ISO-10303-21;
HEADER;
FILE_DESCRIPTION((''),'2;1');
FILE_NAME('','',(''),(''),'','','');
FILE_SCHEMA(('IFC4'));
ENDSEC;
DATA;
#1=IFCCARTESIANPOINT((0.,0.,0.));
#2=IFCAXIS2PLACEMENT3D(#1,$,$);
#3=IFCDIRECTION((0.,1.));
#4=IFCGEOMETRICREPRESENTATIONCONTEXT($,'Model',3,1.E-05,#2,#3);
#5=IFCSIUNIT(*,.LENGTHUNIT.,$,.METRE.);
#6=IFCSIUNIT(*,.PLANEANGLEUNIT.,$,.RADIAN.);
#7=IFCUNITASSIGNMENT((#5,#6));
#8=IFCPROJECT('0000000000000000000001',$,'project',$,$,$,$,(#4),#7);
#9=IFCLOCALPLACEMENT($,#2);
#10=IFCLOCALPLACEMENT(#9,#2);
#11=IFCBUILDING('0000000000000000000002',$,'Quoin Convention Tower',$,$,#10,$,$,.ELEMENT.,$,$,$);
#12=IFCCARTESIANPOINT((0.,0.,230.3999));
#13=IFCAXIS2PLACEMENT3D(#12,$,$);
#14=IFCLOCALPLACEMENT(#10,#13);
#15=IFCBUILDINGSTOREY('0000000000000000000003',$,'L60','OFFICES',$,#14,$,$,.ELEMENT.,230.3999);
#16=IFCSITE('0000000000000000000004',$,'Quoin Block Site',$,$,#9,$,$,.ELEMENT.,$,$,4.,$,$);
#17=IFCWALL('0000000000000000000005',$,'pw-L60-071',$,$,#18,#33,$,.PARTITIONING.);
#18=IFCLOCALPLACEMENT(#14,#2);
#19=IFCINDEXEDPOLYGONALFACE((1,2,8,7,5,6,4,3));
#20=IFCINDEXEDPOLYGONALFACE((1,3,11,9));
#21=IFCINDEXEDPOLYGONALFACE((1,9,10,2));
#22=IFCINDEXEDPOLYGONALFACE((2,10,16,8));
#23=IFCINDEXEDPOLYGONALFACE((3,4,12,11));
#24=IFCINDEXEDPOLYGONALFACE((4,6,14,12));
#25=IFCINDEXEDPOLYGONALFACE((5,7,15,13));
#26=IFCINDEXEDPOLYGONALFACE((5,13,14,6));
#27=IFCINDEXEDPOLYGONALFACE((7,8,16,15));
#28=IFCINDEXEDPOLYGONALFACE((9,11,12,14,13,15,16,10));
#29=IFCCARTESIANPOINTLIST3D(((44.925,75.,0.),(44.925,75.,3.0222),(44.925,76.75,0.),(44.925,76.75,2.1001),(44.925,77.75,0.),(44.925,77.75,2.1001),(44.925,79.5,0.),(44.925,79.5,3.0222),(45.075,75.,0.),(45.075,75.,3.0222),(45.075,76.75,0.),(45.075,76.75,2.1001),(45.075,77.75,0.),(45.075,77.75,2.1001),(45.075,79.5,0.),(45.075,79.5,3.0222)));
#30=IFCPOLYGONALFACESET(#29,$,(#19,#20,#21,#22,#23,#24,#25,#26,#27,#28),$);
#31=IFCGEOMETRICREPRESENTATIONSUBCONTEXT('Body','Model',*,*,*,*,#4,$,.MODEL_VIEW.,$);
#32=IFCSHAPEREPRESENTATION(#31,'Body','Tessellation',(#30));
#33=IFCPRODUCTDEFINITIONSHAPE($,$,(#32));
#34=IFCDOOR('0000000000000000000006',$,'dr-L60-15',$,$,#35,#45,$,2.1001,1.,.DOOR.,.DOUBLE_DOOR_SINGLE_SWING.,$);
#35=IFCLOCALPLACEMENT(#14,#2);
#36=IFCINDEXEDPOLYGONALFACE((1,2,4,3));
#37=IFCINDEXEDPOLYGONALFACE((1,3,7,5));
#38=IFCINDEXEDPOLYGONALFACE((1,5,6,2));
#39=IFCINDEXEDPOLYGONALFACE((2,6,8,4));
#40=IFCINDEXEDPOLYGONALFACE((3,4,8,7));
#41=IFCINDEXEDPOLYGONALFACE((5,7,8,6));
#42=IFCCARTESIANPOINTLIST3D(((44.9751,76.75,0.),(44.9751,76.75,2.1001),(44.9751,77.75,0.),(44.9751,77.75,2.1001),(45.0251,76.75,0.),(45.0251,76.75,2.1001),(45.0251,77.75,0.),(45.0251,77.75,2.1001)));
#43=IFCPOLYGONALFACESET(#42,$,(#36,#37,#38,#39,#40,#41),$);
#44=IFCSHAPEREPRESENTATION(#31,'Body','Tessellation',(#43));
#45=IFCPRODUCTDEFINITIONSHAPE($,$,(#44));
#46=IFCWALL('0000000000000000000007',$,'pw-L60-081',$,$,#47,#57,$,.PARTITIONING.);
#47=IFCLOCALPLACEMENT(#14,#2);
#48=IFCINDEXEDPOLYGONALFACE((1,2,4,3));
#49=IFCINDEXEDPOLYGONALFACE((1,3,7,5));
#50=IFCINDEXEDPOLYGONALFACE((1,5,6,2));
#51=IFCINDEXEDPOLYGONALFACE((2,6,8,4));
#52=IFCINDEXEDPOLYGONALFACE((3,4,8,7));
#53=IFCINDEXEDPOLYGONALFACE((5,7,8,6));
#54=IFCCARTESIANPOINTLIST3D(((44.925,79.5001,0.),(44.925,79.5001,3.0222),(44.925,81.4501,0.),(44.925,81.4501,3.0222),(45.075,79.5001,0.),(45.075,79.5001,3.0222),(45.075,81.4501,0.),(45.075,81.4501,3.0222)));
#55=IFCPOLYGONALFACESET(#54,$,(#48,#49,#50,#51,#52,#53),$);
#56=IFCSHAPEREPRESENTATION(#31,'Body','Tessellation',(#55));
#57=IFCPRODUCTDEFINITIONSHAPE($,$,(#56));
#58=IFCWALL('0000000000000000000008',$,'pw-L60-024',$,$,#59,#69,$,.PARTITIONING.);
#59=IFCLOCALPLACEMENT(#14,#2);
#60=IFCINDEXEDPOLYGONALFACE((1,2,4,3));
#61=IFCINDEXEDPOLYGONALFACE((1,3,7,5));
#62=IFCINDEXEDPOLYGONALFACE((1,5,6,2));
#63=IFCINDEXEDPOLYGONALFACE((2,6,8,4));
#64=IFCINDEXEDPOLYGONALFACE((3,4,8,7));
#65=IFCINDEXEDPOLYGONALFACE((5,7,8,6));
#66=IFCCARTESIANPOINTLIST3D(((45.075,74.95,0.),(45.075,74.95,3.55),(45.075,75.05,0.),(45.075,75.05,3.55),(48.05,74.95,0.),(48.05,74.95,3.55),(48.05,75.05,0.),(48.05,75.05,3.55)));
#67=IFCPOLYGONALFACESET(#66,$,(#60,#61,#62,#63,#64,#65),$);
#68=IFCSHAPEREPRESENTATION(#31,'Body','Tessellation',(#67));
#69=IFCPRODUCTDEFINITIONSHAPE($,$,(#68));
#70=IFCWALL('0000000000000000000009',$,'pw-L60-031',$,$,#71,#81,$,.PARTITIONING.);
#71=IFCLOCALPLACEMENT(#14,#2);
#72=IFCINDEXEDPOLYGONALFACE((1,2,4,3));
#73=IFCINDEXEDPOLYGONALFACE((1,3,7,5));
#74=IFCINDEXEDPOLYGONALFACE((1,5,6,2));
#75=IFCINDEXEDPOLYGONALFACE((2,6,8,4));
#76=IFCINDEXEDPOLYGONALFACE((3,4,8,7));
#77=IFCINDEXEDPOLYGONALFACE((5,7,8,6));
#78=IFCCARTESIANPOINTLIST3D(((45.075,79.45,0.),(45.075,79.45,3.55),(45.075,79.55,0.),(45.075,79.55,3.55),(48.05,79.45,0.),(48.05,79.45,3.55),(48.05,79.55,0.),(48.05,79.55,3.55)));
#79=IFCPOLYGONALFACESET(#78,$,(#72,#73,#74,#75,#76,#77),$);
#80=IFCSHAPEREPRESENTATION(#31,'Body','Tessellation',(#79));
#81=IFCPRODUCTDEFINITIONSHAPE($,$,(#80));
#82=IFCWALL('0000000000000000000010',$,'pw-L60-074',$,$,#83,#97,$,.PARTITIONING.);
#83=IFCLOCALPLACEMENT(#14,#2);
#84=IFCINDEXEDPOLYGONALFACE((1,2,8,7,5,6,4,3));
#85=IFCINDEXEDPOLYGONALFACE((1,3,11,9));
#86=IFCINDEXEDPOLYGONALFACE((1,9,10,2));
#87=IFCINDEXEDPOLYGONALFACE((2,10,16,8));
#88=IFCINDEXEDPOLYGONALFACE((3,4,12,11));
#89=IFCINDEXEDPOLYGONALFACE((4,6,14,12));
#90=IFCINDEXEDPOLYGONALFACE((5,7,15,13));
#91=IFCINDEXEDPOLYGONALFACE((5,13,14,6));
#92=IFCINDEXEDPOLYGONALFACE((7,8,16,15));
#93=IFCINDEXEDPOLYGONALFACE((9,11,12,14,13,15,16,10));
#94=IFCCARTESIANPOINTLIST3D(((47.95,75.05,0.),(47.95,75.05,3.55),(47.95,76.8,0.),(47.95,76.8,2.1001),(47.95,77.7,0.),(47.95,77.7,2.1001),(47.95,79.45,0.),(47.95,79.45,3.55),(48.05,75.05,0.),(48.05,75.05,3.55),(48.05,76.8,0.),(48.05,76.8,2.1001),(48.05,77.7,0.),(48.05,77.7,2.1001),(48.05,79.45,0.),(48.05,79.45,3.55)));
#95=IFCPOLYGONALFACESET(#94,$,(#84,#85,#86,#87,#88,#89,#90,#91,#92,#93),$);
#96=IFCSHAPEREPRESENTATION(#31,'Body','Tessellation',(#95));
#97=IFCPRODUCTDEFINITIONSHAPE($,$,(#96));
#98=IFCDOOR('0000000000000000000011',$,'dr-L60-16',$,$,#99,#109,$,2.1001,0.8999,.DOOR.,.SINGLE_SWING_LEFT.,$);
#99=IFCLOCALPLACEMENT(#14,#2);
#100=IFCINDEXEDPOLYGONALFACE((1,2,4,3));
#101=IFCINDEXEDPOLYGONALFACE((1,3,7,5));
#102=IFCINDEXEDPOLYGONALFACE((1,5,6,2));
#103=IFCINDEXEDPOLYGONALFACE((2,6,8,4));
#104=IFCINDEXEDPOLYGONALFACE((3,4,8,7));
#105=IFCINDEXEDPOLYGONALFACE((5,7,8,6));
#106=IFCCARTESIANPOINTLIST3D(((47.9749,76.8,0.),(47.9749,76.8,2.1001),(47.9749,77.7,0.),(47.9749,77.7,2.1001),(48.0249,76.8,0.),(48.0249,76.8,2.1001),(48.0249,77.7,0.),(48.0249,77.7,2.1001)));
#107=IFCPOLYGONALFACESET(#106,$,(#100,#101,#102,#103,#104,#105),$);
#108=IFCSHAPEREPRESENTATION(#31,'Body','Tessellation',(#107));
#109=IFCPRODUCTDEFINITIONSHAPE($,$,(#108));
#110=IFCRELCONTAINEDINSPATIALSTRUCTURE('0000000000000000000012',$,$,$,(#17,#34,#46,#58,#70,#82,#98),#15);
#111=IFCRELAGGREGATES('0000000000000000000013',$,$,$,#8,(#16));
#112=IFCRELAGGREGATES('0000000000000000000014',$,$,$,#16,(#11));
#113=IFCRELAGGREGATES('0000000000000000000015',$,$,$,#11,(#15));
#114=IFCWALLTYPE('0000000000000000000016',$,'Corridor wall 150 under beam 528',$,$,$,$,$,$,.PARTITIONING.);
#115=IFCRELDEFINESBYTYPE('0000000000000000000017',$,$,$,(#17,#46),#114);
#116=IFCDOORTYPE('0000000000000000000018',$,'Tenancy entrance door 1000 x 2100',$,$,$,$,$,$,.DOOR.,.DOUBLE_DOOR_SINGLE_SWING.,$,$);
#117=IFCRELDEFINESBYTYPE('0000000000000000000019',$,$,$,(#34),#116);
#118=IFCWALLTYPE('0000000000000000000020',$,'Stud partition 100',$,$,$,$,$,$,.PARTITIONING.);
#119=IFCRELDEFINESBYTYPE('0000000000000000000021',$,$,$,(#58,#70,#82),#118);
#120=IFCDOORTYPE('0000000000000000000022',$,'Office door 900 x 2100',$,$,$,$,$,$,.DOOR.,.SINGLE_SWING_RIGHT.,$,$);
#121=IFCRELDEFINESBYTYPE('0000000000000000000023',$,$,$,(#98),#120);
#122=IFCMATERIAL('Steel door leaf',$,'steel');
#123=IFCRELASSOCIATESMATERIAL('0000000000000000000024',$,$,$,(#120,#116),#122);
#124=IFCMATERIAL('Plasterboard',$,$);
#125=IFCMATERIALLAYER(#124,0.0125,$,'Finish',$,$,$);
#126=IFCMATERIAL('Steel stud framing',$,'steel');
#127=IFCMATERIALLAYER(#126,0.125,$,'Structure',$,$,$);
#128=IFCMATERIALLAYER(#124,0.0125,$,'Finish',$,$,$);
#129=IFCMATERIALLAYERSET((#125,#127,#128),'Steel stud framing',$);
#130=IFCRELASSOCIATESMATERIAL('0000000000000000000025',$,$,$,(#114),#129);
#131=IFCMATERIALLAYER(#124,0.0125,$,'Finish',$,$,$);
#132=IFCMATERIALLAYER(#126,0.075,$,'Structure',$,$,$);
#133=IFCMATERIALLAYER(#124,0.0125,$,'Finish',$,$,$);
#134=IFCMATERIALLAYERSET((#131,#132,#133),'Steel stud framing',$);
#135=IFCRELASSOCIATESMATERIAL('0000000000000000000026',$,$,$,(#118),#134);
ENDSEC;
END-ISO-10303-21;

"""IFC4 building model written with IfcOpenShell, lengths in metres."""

from ifc_helpers import new_model, si_unit, direction, frame, frame_2d, origin, place, context, subcontext, project, spatial, rectangle, extrude, material, layer, layer_set, type_object, element, fill, save


model = new_model("IFC4")

# Units and contexts
model_context = context("Model", 3, precision=1e-05, world=origin(), true_north=direction((0.0, 1.0)))
body_context = subcontext(model_context, "Body", "Model", "MODEL_VIEW")
ifc_project = project(units=[si_unit("LENGTHUNIT", "METRE"), si_unit("PLANEANGLEUNIT", "RADIAN")], contexts=[model_context])

# Site, building, storey
site_placement = place(None, origin())
site = spatial("IfcSite", under=ifc_project, at=site_placement, Name="Quoin Block Site", CompositionType="ELEMENT", RefElevation=4.0)
building_placement = place(site_placement, origin())
building = spatial("IfcBuilding", under=site, at=building_placement, Name="Quoin Convention Tower", CompositionType="ELEMENT")
storey_placement = place(building_placement, frame((0.0, 0.0, 230.3999)))
storey = spatial("IfcBuildingStorey", under=building, at=storey_placement, Name="L60", Description="OFFICES", CompositionType="ELEMENT", Elevation=230.3999)

# Shared definitions
ifc_material_1 = material(Name="Plasterboard")
ifc_material_2 = material(Name="Steel stud framing", Category="steel")
ifc_material_3 = material(Name="Steel door leaf", Category="steel")
door_type_1 = type_object("IfcDoorType", Name="Office door 900 x 2100", OperationType="SINGLE_SWING_RIGHT", PredefinedType="DOOR", material=ifc_material_3)

# Wall, opening, door
ifc_layer_1 = layer(ifc_material_1, 0.0125, Name="Finish")
ifc_layer_2 = layer(ifc_material_2, 0.125, Name="Structure")
ifc_layer_3 = layer(ifc_material_1, 0.0125, Name="Finish")
ifc_layer_set_1 = layer_set([ifc_layer_1, ifc_layer_2, ifc_layer_3], Name="Steel stud framing")
wall_type_1 = type_object("IfcWallType", Name="Corridor wall 150 under beam 528", PredefinedType="PARTITIONING", material=ifc_layer_set_1)
wall_1_placement = place(storey_placement, frame((45.0, 75.0, 0.0), z_axis=(0.0, 0.0, 1.0), x_axis=(0.0, 1.0, 0.0)))
wall_1 = element("IfcWall", 1, at=wall_1_placement, inside=storey, type_object=wall_type_1, Name="pw-L60-071", PredefinedType="PARTITIONING", context=body_context, shape_type="SweptSolid", body=[
    extrude(rectangle(XDim=4.5, YDim=0.1499, at=frame_2d((2.25, 0.0))), origin(), (0.0, 0.0, 1.0), 3.0222),
])
opening_1_placement = place(wall_1_placement, frame((1.75, 0.0, 0.0)))
opening_1 = element("IfcOpeningElement", 2, at=opening_1_placement, cuts=wall_1, PredefinedType="OPENING", context=body_context, shape_type="SweptSolid", body=[
    extrude(rectangle(XDim=1.0, YDim=2.1001, at=frame_2d((0.5, 1.05))), frame((0.0, 0.085, 0.0), z_axis=(0.0, -1.0, 0.0), x_axis=(1.0, 0.0, 0.0)), (0.0, 0.0, 1.0), 0.1699),
])
door_type_2 = type_object("IfcDoorType", Name="Tenancy entrance door 1000 x 2100", OperationType="DOUBLE_DOOR_SINGLE_SWING", PredefinedType="DOOR", material=ifc_material_3)
door_1_placement = place(opening_1_placement, origin())
door_1 = element("IfcDoor", 3, at=door_1_placement, inside=storey, type_object=door_type_2, Name="dr-L60-15", OperationType="DOUBLE_DOOR_SINGLE_SWING", OverallHeight=2.1001, OverallWidth=1.0, PredefinedType="DOOR", context=body_context, shape_type="SweptSolid", body=[
    extrude(rectangle(XDim=1.0, YDim=2.1001, at=frame_2d((0.5, 1.05))), frame((0.0, 0.0249, 0.0), z_axis=(0.0, -1.0, 0.0), x_axis=(1.0, 0.0, 0.0)), (0.0, 0.0, 1.0), 0.05),
])
fill(opening_1, door_1)

# Walls
wall_2_placement = place(storey_placement, frame((45.0, 79.5, 0.0), z_axis=(0.0, 0.0, 1.0), x_axis=(0.0, 1.0, 0.0)))
element("IfcWall", 4, at=wall_2_placement, inside=storey, type_object=wall_type_1, Name="pw-L60-081", PredefinedType="PARTITIONING", context=body_context, shape_type="SweptSolid", body=[
    extrude(rectangle(XDim=1.95, YDim=0.1499, at=frame_2d((0.9751, 0.0))), origin(), (0.0, 0.0, 1.0), 3.0222),
])
ifc_layer_4 = layer(ifc_material_1, 0.0125, Name="Finish")
ifc_layer_5 = layer(ifc_material_2, 0.075, Name="Structure")
ifc_layer_6 = layer(ifc_material_1, 0.0125, Name="Finish")
ifc_layer_set_2 = layer_set([ifc_layer_4, ifc_layer_5, ifc_layer_6], Name="Steel stud framing")
wall_type_2 = type_object("IfcWallType", Name="Stud partition 100", PredefinedType="PARTITIONING", material=ifc_layer_set_2)
for number, where, z_axis, x_axis, name in (
    (5, (45.075, 75.0, 0.0), (0.0, 0.0, 1.0), (1.0, 0.0, 0.0), "pw-L60-024"),
    (6, (45.075, 79.5, 0.0), (0.0, 0.0, 1.0), (1.0, 0.0, 0.0), "pw-L60-031"),
):
    element("IfcWall", number, at=place(storey_placement, frame(where, z_axis=z_axis, x_axis=x_axis)), inside=storey, type_object=wall_type_2, Name=name, PredefinedType="PARTITIONING", context=body_context, shape_type="SweptSolid", body=[
        extrude(rectangle(XDim=2.9751, YDim=0.1001, at=frame_2d((1.4875, 0.0))), origin(), (0.0, 0.0, 1.0), 3.55),
    ])

# Wall, opening, door
wall_3_placement = place(storey_placement, frame((48.0, 75.05, 0.0), z_axis=(0.0, 0.0, 1.0), x_axis=(0.0, 1.0, 0.0)))
wall_3 = element("IfcWall", 7, at=wall_3_placement, inside=storey, type_object=wall_type_2, Name="pw-L60-074", PredefinedType="PARTITIONING", context=body_context, shape_type="SweptSolid", body=[
    extrude(rectangle(XDim=4.3999, YDim=0.1001, at=frame_2d((2.2, 0.0))), origin(), (0.0, 0.0, 1.0), 3.55),
])
opening_2_placement = place(wall_3_placement, frame((1.75, 0.0, 0.0)))
opening_2 = element("IfcOpeningElement", 8, at=opening_2_placement, cuts=wall_3, PredefinedType="OPENING", context=body_context, shape_type="SweptSolid", body=[
    extrude(rectangle(XDim=0.8999, YDim=2.1001, at=frame_2d((0.45, 1.05))), frame((0.0, 0.0601, 0.0), z_axis=(0.0, -1.0, 0.0), x_axis=(1.0, 0.0, 0.0)), (0.0, 0.0, 1.0), 0.1201),
])
door_2_placement = place(opening_2_placement, frame((0.8999, 0.0, 0.0), z_axis=(0.0, 0.0, 1.0), x_axis=(-1.0, 0.0, 0.0)))
door_2 = element("IfcDoor", 9, at=door_2_placement, inside=storey, type_object=door_type_1, Name="dr-L60-16", OperationType="SINGLE_SWING_LEFT", OverallHeight=2.1001, OverallWidth=0.8999, PredefinedType="DOOR", context=body_context, shape_type="SweptSolid", body=[
    extrude(rectangle(XDim=0.8999, YDim=2.1001, at=frame_2d((0.45, 1.05))), frame((0.0, 0.0249, 0.0), z_axis=(0.0, -1.0, 0.0), x_axis=(1.0, 0.0, 0.0)), (0.0, 0.0, 1.0), 0.05),
])
fill(opening_2, door_2)

save(model, "model.ifc")
